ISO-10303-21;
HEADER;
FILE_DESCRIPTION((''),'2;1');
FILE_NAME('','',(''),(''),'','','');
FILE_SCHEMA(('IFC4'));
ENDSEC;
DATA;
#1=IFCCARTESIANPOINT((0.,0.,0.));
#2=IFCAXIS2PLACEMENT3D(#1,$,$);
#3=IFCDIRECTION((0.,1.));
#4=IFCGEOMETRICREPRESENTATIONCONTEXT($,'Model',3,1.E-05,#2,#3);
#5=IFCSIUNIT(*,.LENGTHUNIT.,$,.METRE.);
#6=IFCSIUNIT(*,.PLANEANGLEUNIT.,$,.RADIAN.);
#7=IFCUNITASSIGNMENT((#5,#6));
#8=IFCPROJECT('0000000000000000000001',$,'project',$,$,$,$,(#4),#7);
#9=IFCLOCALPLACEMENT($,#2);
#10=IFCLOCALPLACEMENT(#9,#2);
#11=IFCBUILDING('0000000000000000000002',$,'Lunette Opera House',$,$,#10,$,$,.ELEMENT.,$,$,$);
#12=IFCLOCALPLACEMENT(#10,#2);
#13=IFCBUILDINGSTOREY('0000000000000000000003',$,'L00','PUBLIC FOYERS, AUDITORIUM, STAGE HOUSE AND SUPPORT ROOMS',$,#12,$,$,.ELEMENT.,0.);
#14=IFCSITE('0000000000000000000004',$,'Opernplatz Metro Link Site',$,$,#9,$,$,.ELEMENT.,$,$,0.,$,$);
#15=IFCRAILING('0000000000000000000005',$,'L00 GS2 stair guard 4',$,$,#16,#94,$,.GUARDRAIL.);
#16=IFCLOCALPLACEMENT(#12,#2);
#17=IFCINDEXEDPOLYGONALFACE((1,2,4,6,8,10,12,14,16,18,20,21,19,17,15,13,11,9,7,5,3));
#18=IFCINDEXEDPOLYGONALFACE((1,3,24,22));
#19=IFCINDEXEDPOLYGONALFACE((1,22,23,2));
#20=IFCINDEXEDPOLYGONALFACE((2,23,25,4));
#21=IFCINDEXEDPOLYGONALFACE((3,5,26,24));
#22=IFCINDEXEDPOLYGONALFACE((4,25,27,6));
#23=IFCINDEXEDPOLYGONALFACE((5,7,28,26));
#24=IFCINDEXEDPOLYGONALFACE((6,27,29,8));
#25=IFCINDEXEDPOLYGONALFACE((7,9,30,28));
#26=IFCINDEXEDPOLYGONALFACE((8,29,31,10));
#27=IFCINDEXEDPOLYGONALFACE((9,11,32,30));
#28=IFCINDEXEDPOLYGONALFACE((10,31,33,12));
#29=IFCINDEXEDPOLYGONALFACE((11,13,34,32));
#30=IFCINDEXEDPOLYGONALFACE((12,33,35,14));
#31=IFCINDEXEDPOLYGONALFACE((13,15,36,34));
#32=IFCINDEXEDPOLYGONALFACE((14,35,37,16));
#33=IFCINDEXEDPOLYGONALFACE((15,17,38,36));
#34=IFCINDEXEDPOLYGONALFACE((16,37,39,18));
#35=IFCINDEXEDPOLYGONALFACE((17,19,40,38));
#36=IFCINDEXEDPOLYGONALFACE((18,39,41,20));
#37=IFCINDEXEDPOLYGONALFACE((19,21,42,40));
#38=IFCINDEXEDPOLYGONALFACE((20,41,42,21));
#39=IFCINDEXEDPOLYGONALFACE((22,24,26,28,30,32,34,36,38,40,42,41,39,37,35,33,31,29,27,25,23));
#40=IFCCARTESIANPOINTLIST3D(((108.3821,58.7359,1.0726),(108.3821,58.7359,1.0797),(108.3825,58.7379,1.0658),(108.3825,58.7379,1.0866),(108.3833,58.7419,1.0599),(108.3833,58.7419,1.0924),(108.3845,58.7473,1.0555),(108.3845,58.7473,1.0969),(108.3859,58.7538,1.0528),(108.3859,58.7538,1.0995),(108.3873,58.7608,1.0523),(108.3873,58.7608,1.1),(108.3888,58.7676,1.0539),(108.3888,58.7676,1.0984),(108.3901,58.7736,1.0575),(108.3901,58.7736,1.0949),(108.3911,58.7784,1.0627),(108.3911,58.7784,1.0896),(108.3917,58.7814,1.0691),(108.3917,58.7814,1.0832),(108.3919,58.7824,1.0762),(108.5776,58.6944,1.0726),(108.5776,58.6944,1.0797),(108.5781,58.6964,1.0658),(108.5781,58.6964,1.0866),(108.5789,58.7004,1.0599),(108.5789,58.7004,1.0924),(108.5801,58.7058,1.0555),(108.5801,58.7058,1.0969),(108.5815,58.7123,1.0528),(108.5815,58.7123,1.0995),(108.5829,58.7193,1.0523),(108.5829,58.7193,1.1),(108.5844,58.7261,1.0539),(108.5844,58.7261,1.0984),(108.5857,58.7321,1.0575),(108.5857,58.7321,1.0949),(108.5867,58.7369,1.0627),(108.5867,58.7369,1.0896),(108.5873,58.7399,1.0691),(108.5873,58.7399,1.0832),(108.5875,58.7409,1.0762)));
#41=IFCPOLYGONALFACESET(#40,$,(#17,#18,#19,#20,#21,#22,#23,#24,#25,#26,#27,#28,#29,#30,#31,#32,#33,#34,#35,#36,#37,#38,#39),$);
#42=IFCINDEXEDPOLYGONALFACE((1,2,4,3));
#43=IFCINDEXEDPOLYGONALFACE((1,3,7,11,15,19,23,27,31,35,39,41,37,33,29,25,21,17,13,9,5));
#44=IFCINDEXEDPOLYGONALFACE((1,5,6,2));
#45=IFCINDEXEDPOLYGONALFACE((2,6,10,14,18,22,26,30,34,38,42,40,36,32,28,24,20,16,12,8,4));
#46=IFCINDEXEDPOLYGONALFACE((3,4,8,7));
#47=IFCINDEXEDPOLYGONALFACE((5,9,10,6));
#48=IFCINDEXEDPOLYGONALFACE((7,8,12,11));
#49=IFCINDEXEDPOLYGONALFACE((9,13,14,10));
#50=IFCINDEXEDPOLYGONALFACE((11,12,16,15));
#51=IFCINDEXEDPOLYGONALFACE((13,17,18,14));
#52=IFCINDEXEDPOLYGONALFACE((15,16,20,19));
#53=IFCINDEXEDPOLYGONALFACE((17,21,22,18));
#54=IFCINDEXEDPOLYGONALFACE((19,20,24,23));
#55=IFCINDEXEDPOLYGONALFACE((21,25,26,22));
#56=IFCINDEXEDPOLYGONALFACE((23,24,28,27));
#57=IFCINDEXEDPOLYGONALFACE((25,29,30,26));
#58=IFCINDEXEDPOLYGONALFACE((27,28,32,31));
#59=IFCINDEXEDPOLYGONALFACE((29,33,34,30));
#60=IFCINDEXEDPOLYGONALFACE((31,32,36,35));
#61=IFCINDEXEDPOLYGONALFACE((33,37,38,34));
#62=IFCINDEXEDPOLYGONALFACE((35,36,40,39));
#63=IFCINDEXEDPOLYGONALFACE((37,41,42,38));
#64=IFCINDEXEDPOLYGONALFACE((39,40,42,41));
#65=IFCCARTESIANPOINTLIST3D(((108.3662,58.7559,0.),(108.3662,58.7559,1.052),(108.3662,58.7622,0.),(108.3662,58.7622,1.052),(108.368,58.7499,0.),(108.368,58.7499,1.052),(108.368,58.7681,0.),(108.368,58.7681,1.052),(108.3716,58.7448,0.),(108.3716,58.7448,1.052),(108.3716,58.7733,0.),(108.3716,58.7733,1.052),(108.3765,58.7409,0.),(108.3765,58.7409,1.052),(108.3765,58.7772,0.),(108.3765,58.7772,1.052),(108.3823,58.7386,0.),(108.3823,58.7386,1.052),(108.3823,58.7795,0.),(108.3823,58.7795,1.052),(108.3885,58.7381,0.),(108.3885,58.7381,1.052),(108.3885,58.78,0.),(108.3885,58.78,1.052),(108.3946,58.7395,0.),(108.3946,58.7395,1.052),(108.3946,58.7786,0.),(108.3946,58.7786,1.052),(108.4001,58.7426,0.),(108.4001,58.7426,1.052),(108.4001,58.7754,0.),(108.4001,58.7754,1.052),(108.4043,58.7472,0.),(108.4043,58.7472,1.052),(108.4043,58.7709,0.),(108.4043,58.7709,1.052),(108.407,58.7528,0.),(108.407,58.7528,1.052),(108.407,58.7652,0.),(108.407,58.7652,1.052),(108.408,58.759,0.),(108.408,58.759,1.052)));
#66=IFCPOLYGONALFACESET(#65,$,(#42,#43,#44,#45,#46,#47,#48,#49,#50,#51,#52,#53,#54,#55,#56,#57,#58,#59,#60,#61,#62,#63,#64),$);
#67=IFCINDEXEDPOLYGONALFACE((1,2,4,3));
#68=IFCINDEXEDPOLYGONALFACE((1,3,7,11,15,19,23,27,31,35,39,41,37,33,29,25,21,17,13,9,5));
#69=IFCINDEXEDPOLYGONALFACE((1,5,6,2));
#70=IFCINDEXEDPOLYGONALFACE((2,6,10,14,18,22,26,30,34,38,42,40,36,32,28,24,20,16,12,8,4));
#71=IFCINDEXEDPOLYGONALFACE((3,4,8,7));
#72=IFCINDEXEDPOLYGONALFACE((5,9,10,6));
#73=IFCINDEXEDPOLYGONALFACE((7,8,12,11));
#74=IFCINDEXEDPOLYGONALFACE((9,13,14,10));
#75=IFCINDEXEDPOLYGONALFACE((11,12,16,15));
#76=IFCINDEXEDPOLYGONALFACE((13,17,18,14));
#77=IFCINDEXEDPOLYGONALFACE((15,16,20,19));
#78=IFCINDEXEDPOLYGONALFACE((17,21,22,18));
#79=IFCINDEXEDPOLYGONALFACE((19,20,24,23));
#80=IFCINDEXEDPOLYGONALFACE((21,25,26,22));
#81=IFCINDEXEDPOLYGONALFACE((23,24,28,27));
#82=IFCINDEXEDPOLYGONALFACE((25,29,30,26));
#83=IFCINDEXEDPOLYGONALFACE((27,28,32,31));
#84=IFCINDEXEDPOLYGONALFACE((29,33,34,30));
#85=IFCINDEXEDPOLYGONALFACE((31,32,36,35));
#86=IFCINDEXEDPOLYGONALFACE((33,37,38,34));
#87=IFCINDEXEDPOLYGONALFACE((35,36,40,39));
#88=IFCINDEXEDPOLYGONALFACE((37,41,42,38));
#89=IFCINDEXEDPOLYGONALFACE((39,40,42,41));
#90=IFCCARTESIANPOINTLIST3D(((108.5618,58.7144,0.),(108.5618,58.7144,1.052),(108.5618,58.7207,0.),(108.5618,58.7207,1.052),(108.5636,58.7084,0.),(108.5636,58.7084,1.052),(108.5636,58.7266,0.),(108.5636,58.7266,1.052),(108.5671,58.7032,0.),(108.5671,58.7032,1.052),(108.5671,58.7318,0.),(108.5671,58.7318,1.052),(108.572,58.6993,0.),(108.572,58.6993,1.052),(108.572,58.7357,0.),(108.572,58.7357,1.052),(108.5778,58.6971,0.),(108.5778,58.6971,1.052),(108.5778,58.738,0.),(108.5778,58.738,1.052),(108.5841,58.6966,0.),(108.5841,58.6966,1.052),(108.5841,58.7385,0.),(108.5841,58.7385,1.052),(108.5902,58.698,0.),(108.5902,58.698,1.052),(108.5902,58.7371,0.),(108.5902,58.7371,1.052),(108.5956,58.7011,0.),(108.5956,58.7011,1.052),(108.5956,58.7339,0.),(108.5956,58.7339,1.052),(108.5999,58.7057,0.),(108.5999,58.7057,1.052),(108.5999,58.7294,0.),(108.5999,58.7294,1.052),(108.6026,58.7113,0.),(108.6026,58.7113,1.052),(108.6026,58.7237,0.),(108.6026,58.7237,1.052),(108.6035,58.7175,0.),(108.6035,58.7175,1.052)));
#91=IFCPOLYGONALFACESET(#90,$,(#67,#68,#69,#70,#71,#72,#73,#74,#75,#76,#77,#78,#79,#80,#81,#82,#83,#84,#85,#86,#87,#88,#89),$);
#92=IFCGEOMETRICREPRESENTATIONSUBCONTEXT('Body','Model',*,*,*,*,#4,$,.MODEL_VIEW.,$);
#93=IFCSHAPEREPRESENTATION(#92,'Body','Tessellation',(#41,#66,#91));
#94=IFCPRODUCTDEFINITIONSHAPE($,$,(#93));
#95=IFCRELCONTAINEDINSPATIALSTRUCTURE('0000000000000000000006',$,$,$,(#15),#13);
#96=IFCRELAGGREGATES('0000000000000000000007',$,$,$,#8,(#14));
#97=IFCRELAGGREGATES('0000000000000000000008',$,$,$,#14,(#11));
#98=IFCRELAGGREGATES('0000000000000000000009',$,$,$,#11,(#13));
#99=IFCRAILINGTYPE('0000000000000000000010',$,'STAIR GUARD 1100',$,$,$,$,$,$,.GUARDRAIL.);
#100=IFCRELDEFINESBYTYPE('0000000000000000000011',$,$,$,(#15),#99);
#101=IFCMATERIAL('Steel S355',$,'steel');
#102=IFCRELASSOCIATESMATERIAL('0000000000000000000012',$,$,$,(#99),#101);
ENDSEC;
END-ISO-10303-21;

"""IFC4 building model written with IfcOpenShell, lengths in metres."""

from ifc_helpers import new_model, si_unit, direction, frame, origin, origin_2d, place, context, subcontext, project, spatial, circle, extrude, material, type_object, element, save


model = new_model("IFC4")

# Units and contexts
model_context = context("Model", 3, precision=1e-05, world=origin(), true_north=direction((0.0, 1.0)))
body_context = subcontext(model_context, "Body", "Model", "MODEL_VIEW")
ifc_project = project(units=[si_unit("LENGTHUNIT", "METRE"), si_unit("PLANEANGLEUNIT", "RADIAN")], contexts=[model_context])

# Site, building, storey
site_placement = place(None, origin())
site = spatial("IfcSite", under=ifc_project, at=site_placement, Name="Opernplatz Metro Link Site", CompositionType="ELEMENT", RefElevation=0.0)
building_placement = place(site_placement, origin())
building = spatial("IfcBuilding", under=site, at=building_placement, Name="Lunette Opera House", CompositionType="ELEMENT")
storey_placement = place(building_placement, origin())
storey = spatial("IfcBuildingStorey", under=building, at=storey_placement, Name="L00", Description="PUBLIC FOYERS, AUDITORIUM, STAGE HOUSE AND SUPPORT ROOMS", CompositionType="ELEMENT", Elevation=0.0)

# Railing
ifc_material_1 = material(Name="Steel S355", Category="steel")
railing_type_1 = type_object("IfcRailingType", Name="STAIR GUARD 1100", PredefinedType="GUARDRAIL", material=ifc_material_1)
railing_1_placement = place(storey_placement, frame((108.387, 58.759, 0.0)))
element("IfcRailing", 1, at=railing_1_placement, inside=storey, type_object=railing_type_1, Name="L00 GS2 stair guard 4", PredefinedType="GUARDRAIL", context=body_context, shape_type="SweptSolid", body=[
    extrude(circle(Radius=0.0239, at=origin_2d()), frame((0.0, 0.0, 1.0762), z_axis=(0.978212, -0.20761, 0.0), x_axis=(0.20761, 0.978212, 0.0)), (0.0, 0.0, 1.0), 0.2),
    extrude(circle(Radius=0.021, at=origin_2d()), origin(), (0.0, 0.0, 1.0), 1.052),
    extrude(circle(Radius=0.021, at=origin_2d()), frame((0.1956, -0.0415, 0.0)), (0.0, 0.0, 1.0), 1.052),
])

save(model, "model.ifc")
